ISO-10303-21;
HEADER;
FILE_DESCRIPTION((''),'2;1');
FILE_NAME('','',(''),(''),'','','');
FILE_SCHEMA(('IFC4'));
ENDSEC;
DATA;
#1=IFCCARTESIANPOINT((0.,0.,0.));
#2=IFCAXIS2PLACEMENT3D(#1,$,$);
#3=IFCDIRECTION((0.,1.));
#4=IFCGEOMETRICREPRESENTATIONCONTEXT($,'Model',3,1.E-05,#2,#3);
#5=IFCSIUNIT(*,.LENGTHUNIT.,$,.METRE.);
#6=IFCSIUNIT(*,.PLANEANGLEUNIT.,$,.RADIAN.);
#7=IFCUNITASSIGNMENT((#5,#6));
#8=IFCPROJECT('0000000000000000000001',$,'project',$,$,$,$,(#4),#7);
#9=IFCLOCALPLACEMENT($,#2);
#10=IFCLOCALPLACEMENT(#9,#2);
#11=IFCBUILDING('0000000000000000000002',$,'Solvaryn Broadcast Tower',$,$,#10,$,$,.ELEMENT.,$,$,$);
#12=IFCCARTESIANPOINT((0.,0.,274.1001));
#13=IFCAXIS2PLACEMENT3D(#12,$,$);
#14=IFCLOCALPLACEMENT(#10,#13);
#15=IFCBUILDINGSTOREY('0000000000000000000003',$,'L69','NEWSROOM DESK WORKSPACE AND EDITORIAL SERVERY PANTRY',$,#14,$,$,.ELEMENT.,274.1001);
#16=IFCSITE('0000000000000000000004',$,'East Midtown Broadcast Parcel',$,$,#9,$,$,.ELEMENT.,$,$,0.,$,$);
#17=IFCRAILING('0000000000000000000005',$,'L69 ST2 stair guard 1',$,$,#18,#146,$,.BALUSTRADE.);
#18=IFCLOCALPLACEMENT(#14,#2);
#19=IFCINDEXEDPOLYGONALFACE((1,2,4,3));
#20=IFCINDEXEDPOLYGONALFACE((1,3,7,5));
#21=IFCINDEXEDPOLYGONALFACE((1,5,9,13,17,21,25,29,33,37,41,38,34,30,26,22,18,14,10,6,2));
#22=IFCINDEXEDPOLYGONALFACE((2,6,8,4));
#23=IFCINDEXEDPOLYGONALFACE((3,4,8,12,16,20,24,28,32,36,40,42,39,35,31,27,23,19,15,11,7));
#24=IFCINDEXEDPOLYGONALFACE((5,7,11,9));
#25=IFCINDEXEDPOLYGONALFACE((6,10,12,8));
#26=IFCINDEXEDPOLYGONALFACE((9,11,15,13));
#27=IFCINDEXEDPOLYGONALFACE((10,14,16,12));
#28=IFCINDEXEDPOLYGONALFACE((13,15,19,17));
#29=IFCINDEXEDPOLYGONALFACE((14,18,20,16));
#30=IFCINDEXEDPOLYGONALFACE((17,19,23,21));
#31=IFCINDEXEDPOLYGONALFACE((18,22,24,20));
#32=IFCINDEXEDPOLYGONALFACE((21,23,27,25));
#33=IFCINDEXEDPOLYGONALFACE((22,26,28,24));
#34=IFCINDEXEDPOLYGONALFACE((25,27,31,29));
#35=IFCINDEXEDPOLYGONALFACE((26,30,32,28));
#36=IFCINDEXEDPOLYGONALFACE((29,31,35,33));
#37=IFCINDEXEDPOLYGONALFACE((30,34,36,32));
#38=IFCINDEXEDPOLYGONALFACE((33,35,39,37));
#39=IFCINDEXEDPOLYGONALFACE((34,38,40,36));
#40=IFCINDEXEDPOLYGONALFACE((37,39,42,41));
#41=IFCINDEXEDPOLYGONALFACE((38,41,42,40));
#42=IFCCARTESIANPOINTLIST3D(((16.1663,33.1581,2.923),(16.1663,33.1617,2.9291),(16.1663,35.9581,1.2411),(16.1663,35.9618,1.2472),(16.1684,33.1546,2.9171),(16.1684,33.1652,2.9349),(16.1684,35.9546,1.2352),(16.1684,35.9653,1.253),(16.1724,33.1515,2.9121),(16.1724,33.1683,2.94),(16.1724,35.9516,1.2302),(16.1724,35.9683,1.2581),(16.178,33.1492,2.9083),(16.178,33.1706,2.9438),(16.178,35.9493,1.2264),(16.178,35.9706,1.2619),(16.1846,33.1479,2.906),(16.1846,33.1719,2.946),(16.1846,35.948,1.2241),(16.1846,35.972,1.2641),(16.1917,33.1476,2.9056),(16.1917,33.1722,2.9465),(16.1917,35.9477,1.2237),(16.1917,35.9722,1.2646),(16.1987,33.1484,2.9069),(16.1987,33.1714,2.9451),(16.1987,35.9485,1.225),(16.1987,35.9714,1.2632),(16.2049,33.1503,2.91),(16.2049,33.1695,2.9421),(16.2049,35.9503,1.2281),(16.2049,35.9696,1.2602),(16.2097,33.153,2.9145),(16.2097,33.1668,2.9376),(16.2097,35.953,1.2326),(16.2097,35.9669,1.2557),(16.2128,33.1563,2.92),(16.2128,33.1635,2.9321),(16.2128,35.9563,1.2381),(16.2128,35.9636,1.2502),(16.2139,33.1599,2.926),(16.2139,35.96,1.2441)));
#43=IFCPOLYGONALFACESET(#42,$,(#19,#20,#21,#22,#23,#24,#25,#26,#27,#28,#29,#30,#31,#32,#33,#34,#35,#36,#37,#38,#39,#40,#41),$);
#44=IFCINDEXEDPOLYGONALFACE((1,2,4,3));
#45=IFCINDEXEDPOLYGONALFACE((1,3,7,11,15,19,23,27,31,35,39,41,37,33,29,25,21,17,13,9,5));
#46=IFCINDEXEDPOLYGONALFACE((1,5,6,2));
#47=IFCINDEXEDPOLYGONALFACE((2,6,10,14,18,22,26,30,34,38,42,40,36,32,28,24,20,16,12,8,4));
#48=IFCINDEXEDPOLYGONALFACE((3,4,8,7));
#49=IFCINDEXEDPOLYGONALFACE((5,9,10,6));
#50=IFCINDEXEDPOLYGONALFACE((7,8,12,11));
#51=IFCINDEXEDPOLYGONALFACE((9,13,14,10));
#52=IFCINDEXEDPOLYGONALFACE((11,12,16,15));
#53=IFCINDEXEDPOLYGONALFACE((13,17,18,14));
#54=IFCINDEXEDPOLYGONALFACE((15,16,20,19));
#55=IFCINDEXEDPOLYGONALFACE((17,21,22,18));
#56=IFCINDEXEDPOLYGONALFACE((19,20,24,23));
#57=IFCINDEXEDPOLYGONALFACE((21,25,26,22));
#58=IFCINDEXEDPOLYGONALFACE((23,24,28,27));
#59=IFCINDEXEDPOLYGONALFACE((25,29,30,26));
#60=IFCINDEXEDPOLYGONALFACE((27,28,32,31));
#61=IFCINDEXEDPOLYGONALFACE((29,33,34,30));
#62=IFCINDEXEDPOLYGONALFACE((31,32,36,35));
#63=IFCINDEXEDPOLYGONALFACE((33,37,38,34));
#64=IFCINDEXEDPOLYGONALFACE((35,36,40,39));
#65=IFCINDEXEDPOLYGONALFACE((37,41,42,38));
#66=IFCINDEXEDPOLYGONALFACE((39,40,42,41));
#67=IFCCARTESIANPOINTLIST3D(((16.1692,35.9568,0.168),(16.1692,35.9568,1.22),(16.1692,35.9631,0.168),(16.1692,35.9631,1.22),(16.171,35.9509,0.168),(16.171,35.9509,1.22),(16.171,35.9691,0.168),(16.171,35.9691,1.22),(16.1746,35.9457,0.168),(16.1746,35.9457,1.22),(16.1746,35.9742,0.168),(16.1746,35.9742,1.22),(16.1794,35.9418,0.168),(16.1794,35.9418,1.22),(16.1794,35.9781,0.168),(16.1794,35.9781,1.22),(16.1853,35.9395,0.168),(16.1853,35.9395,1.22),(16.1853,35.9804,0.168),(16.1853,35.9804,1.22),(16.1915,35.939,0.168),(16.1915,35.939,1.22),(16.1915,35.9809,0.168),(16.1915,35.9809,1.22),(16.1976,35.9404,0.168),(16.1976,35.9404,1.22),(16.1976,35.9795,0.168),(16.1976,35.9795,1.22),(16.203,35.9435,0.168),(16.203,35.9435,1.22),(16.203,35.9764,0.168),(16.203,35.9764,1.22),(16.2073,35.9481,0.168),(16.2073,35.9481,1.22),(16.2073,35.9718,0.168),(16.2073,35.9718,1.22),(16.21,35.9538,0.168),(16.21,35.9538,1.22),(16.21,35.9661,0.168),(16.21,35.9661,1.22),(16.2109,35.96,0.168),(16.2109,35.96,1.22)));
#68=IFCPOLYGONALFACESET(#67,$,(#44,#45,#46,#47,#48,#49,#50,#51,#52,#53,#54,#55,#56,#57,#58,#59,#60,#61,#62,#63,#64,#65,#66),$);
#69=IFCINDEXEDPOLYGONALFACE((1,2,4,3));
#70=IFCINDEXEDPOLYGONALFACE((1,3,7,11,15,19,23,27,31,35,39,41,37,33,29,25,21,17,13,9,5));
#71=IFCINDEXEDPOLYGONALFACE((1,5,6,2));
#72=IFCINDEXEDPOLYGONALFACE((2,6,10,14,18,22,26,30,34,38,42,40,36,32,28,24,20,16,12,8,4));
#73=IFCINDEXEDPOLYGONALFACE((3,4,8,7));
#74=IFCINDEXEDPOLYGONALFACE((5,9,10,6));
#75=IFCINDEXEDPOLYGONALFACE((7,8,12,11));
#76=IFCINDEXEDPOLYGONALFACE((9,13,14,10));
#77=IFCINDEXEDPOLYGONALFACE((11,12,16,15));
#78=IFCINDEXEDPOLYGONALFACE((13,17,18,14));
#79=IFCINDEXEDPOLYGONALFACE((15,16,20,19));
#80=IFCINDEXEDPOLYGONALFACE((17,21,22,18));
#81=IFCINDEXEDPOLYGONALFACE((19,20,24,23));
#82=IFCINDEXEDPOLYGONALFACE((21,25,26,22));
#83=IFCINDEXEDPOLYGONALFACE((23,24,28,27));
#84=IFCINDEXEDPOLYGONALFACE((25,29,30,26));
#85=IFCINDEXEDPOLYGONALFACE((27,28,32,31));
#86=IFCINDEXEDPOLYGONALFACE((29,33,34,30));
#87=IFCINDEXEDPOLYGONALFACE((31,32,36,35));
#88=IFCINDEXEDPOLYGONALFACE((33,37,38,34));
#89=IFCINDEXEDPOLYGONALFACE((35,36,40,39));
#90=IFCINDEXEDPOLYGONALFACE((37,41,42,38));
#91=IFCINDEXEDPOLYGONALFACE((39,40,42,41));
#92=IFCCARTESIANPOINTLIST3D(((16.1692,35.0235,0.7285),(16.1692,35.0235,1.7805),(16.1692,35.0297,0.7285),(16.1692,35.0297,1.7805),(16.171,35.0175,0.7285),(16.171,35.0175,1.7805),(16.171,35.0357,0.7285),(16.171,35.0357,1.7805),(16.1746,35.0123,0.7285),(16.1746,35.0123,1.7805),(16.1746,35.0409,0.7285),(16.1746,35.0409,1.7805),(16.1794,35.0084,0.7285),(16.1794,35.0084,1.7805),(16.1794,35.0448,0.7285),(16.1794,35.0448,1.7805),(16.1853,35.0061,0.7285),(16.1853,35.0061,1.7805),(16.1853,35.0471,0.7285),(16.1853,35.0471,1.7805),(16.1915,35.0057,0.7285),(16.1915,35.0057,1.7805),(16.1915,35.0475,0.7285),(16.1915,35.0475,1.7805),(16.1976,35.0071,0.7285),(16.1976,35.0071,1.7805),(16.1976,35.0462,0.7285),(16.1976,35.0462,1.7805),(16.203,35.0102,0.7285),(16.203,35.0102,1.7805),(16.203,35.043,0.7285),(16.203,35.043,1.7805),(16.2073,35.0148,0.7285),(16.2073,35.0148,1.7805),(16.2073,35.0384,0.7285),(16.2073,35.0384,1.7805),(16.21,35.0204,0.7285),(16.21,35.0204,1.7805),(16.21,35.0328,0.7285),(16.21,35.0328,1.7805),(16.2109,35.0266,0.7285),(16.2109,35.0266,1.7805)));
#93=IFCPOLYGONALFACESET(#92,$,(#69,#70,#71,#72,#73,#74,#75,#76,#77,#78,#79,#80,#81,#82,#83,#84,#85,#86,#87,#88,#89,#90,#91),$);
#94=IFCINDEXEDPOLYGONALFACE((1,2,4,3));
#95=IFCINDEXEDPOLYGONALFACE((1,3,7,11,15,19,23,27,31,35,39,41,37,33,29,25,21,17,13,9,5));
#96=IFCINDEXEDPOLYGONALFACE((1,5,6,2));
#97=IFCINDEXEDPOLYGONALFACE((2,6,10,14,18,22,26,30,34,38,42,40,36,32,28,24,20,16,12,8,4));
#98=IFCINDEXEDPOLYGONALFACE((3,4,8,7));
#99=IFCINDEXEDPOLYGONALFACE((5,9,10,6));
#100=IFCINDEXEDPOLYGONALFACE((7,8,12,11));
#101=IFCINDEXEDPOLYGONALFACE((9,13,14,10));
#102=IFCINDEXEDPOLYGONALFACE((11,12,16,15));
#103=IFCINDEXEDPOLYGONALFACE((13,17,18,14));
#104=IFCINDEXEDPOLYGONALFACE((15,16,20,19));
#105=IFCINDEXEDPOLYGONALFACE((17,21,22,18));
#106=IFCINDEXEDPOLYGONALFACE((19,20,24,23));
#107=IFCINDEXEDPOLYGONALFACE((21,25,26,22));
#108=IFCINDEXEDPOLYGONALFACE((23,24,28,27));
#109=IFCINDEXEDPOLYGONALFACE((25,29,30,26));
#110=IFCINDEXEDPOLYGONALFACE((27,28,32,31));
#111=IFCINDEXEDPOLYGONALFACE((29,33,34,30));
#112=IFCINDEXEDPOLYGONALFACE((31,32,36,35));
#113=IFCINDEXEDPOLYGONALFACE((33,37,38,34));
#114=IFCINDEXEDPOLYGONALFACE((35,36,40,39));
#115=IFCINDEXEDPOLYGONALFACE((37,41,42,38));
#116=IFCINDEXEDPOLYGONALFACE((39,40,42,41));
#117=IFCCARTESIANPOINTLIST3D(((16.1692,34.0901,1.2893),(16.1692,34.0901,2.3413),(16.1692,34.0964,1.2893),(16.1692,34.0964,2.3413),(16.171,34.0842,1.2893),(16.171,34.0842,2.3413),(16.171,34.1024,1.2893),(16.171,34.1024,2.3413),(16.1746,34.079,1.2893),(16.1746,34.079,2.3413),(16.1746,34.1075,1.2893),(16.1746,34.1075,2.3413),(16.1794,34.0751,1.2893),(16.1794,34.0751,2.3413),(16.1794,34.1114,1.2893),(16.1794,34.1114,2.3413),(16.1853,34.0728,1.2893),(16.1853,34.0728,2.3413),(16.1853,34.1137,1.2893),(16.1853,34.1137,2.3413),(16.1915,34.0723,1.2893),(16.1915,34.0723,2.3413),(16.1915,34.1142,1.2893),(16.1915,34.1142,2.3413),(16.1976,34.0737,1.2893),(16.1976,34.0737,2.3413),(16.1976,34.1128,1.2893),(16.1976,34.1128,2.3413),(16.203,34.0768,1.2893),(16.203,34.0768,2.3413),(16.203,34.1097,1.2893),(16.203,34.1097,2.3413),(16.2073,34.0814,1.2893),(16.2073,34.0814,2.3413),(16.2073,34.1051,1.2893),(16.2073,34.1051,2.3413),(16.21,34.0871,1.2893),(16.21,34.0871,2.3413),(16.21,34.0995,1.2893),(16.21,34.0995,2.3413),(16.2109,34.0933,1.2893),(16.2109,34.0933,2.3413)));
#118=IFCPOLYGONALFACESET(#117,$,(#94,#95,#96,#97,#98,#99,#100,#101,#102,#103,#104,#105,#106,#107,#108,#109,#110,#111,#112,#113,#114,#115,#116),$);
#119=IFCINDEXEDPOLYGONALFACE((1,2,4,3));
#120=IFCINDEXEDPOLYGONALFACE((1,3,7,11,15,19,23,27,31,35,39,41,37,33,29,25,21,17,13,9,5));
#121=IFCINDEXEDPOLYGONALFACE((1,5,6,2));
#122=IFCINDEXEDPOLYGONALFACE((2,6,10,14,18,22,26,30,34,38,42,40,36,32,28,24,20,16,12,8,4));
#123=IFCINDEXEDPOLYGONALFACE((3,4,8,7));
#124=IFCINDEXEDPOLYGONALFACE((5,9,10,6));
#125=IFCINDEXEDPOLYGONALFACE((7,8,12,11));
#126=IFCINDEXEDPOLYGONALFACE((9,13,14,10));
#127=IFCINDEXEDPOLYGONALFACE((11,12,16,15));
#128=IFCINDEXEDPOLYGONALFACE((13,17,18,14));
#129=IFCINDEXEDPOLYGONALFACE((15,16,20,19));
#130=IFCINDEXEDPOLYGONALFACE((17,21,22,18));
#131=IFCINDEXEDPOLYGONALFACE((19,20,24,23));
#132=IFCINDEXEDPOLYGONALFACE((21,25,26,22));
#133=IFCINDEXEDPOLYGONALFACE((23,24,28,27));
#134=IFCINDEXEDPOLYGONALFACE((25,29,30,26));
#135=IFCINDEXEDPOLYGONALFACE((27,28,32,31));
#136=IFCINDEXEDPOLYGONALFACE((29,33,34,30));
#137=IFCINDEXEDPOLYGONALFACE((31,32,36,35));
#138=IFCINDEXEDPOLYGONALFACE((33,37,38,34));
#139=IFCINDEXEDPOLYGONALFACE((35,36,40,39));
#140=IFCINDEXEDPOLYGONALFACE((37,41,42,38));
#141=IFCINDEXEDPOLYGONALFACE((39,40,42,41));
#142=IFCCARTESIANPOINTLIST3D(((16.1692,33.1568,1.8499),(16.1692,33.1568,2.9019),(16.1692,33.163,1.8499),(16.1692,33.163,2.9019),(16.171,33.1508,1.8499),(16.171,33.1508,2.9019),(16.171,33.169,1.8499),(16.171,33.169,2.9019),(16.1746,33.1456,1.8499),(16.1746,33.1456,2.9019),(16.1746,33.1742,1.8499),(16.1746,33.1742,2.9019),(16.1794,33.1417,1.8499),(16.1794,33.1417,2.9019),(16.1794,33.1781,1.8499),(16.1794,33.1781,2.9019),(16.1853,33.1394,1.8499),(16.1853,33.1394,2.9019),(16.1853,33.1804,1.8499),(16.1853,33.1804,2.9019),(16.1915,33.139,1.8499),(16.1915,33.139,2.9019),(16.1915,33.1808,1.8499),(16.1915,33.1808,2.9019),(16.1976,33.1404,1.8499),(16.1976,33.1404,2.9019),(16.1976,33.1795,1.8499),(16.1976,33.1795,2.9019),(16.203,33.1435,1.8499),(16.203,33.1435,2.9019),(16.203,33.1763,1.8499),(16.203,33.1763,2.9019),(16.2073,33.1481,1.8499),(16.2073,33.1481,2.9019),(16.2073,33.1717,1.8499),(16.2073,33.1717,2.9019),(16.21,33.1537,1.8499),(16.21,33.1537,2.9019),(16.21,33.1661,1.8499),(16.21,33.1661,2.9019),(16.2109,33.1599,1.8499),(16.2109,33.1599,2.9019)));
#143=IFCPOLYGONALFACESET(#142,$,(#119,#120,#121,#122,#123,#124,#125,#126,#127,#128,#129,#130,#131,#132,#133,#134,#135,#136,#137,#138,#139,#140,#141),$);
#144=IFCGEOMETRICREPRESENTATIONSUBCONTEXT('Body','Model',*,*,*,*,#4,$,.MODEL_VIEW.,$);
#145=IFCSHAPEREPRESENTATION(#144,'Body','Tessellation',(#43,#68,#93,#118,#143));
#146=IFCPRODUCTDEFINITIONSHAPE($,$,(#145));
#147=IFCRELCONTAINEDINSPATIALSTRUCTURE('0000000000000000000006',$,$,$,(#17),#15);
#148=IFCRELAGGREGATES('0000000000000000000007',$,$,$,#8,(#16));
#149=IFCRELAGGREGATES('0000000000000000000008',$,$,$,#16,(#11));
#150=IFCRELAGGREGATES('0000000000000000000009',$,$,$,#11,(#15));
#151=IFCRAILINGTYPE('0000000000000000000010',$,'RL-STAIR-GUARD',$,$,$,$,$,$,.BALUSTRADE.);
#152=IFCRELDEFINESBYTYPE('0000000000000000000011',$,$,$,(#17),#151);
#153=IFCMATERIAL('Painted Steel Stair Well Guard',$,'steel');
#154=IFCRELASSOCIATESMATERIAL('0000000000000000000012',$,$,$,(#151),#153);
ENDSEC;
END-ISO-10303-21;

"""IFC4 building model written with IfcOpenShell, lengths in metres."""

from ifc_helpers import new_model, si_unit, direction, frame, origin, origin_2d, place, context, subcontext, project, spatial, circle, extrude, material, type_object, element, save


model = new_model("IFC4")

# Units and contexts
model_context = context("Model", 3, precision=1e-05, world=origin(), true_north=direction((0.0, 1.0)))
body_context = subcontext(model_context, "Body", "Model", "MODEL_VIEW")
ifc_project = project(units=[si_unit("LENGTHUNIT", "METRE"), si_unit("PLANEANGLEUNIT", "RADIAN")], contexts=[model_context])

# Site, building, storey
site_placement = place(None, origin())
site = spatial("IfcSite", under=ifc_project, at=site_placement, Name="East Midtown Broadcast Parcel", CompositionType="ELEMENT", RefElevation=0.0)
building_placement = place(site_placement, origin())
building = spatial("IfcBuilding", under=site, at=building_placement, Name="Solvaryn Broadcast Tower", CompositionType="ELEMENT")
storey_placement = place(building_placement, frame((0.0, 0.0, 274.1001)))
storey = spatial("IfcBuildingStorey", under=building, at=storey_placement, Name="L69", Description="NEWSROOM DESK WORKSPACE AND EDITORIAL SERVERY PANTRY", CompositionType="ELEMENT", Elevation=274.1001)

# Railing
ifc_material_1 = material(Name="Painted Steel Stair Well Guard", Category="steel")
railing_type_1 = type_object("IfcRailingType", Name="RL-STAIR-GUARD", PredefinedType="BALUSTRADE", material=ifc_material_1)
railing_1_placement = place(storey_placement, frame((16.1899, 35.96, 0.168)))
element("IfcRailing", 1, at=railing_1_placement, inside=storey, type_object=railing_type_1, Name="L69 ST2 stair guard 1", PredefinedType="BALUSTRADE", context=body_context, shape_type="SweptSolid", body=[
    extrude(circle(Radius=0.0239, at=origin_2d()), frame((0.0, 0.0, 1.0762), z_axis=(0.0, -0.857242, 0.514913), x_axis=(1.0, 0.0, 0.0)), (0.0, 0.0, 1.0), 3.2664),
    extrude(circle(Radius=0.021, at=origin_2d()), origin(), (0.0, 0.0, 1.0), 1.052),
    extrude(circle(Radius=0.021, at=origin_2d()), frame((0.0, -0.9333, 0.5605)), (0.0, 0.0, 1.0), 1.052),
    extrude(circle(Radius=0.021, at=origin_2d()), frame((0.0, -1.8667, 1.1213)), (0.0, 0.0, 1.0), 1.052),
    extrude(circle(Radius=0.021, at=origin_2d()), frame((0.0, -2.8, 1.6819)), (0.0, 0.0, 1.0), 1.052),
])

save(model, "model.ifc")
